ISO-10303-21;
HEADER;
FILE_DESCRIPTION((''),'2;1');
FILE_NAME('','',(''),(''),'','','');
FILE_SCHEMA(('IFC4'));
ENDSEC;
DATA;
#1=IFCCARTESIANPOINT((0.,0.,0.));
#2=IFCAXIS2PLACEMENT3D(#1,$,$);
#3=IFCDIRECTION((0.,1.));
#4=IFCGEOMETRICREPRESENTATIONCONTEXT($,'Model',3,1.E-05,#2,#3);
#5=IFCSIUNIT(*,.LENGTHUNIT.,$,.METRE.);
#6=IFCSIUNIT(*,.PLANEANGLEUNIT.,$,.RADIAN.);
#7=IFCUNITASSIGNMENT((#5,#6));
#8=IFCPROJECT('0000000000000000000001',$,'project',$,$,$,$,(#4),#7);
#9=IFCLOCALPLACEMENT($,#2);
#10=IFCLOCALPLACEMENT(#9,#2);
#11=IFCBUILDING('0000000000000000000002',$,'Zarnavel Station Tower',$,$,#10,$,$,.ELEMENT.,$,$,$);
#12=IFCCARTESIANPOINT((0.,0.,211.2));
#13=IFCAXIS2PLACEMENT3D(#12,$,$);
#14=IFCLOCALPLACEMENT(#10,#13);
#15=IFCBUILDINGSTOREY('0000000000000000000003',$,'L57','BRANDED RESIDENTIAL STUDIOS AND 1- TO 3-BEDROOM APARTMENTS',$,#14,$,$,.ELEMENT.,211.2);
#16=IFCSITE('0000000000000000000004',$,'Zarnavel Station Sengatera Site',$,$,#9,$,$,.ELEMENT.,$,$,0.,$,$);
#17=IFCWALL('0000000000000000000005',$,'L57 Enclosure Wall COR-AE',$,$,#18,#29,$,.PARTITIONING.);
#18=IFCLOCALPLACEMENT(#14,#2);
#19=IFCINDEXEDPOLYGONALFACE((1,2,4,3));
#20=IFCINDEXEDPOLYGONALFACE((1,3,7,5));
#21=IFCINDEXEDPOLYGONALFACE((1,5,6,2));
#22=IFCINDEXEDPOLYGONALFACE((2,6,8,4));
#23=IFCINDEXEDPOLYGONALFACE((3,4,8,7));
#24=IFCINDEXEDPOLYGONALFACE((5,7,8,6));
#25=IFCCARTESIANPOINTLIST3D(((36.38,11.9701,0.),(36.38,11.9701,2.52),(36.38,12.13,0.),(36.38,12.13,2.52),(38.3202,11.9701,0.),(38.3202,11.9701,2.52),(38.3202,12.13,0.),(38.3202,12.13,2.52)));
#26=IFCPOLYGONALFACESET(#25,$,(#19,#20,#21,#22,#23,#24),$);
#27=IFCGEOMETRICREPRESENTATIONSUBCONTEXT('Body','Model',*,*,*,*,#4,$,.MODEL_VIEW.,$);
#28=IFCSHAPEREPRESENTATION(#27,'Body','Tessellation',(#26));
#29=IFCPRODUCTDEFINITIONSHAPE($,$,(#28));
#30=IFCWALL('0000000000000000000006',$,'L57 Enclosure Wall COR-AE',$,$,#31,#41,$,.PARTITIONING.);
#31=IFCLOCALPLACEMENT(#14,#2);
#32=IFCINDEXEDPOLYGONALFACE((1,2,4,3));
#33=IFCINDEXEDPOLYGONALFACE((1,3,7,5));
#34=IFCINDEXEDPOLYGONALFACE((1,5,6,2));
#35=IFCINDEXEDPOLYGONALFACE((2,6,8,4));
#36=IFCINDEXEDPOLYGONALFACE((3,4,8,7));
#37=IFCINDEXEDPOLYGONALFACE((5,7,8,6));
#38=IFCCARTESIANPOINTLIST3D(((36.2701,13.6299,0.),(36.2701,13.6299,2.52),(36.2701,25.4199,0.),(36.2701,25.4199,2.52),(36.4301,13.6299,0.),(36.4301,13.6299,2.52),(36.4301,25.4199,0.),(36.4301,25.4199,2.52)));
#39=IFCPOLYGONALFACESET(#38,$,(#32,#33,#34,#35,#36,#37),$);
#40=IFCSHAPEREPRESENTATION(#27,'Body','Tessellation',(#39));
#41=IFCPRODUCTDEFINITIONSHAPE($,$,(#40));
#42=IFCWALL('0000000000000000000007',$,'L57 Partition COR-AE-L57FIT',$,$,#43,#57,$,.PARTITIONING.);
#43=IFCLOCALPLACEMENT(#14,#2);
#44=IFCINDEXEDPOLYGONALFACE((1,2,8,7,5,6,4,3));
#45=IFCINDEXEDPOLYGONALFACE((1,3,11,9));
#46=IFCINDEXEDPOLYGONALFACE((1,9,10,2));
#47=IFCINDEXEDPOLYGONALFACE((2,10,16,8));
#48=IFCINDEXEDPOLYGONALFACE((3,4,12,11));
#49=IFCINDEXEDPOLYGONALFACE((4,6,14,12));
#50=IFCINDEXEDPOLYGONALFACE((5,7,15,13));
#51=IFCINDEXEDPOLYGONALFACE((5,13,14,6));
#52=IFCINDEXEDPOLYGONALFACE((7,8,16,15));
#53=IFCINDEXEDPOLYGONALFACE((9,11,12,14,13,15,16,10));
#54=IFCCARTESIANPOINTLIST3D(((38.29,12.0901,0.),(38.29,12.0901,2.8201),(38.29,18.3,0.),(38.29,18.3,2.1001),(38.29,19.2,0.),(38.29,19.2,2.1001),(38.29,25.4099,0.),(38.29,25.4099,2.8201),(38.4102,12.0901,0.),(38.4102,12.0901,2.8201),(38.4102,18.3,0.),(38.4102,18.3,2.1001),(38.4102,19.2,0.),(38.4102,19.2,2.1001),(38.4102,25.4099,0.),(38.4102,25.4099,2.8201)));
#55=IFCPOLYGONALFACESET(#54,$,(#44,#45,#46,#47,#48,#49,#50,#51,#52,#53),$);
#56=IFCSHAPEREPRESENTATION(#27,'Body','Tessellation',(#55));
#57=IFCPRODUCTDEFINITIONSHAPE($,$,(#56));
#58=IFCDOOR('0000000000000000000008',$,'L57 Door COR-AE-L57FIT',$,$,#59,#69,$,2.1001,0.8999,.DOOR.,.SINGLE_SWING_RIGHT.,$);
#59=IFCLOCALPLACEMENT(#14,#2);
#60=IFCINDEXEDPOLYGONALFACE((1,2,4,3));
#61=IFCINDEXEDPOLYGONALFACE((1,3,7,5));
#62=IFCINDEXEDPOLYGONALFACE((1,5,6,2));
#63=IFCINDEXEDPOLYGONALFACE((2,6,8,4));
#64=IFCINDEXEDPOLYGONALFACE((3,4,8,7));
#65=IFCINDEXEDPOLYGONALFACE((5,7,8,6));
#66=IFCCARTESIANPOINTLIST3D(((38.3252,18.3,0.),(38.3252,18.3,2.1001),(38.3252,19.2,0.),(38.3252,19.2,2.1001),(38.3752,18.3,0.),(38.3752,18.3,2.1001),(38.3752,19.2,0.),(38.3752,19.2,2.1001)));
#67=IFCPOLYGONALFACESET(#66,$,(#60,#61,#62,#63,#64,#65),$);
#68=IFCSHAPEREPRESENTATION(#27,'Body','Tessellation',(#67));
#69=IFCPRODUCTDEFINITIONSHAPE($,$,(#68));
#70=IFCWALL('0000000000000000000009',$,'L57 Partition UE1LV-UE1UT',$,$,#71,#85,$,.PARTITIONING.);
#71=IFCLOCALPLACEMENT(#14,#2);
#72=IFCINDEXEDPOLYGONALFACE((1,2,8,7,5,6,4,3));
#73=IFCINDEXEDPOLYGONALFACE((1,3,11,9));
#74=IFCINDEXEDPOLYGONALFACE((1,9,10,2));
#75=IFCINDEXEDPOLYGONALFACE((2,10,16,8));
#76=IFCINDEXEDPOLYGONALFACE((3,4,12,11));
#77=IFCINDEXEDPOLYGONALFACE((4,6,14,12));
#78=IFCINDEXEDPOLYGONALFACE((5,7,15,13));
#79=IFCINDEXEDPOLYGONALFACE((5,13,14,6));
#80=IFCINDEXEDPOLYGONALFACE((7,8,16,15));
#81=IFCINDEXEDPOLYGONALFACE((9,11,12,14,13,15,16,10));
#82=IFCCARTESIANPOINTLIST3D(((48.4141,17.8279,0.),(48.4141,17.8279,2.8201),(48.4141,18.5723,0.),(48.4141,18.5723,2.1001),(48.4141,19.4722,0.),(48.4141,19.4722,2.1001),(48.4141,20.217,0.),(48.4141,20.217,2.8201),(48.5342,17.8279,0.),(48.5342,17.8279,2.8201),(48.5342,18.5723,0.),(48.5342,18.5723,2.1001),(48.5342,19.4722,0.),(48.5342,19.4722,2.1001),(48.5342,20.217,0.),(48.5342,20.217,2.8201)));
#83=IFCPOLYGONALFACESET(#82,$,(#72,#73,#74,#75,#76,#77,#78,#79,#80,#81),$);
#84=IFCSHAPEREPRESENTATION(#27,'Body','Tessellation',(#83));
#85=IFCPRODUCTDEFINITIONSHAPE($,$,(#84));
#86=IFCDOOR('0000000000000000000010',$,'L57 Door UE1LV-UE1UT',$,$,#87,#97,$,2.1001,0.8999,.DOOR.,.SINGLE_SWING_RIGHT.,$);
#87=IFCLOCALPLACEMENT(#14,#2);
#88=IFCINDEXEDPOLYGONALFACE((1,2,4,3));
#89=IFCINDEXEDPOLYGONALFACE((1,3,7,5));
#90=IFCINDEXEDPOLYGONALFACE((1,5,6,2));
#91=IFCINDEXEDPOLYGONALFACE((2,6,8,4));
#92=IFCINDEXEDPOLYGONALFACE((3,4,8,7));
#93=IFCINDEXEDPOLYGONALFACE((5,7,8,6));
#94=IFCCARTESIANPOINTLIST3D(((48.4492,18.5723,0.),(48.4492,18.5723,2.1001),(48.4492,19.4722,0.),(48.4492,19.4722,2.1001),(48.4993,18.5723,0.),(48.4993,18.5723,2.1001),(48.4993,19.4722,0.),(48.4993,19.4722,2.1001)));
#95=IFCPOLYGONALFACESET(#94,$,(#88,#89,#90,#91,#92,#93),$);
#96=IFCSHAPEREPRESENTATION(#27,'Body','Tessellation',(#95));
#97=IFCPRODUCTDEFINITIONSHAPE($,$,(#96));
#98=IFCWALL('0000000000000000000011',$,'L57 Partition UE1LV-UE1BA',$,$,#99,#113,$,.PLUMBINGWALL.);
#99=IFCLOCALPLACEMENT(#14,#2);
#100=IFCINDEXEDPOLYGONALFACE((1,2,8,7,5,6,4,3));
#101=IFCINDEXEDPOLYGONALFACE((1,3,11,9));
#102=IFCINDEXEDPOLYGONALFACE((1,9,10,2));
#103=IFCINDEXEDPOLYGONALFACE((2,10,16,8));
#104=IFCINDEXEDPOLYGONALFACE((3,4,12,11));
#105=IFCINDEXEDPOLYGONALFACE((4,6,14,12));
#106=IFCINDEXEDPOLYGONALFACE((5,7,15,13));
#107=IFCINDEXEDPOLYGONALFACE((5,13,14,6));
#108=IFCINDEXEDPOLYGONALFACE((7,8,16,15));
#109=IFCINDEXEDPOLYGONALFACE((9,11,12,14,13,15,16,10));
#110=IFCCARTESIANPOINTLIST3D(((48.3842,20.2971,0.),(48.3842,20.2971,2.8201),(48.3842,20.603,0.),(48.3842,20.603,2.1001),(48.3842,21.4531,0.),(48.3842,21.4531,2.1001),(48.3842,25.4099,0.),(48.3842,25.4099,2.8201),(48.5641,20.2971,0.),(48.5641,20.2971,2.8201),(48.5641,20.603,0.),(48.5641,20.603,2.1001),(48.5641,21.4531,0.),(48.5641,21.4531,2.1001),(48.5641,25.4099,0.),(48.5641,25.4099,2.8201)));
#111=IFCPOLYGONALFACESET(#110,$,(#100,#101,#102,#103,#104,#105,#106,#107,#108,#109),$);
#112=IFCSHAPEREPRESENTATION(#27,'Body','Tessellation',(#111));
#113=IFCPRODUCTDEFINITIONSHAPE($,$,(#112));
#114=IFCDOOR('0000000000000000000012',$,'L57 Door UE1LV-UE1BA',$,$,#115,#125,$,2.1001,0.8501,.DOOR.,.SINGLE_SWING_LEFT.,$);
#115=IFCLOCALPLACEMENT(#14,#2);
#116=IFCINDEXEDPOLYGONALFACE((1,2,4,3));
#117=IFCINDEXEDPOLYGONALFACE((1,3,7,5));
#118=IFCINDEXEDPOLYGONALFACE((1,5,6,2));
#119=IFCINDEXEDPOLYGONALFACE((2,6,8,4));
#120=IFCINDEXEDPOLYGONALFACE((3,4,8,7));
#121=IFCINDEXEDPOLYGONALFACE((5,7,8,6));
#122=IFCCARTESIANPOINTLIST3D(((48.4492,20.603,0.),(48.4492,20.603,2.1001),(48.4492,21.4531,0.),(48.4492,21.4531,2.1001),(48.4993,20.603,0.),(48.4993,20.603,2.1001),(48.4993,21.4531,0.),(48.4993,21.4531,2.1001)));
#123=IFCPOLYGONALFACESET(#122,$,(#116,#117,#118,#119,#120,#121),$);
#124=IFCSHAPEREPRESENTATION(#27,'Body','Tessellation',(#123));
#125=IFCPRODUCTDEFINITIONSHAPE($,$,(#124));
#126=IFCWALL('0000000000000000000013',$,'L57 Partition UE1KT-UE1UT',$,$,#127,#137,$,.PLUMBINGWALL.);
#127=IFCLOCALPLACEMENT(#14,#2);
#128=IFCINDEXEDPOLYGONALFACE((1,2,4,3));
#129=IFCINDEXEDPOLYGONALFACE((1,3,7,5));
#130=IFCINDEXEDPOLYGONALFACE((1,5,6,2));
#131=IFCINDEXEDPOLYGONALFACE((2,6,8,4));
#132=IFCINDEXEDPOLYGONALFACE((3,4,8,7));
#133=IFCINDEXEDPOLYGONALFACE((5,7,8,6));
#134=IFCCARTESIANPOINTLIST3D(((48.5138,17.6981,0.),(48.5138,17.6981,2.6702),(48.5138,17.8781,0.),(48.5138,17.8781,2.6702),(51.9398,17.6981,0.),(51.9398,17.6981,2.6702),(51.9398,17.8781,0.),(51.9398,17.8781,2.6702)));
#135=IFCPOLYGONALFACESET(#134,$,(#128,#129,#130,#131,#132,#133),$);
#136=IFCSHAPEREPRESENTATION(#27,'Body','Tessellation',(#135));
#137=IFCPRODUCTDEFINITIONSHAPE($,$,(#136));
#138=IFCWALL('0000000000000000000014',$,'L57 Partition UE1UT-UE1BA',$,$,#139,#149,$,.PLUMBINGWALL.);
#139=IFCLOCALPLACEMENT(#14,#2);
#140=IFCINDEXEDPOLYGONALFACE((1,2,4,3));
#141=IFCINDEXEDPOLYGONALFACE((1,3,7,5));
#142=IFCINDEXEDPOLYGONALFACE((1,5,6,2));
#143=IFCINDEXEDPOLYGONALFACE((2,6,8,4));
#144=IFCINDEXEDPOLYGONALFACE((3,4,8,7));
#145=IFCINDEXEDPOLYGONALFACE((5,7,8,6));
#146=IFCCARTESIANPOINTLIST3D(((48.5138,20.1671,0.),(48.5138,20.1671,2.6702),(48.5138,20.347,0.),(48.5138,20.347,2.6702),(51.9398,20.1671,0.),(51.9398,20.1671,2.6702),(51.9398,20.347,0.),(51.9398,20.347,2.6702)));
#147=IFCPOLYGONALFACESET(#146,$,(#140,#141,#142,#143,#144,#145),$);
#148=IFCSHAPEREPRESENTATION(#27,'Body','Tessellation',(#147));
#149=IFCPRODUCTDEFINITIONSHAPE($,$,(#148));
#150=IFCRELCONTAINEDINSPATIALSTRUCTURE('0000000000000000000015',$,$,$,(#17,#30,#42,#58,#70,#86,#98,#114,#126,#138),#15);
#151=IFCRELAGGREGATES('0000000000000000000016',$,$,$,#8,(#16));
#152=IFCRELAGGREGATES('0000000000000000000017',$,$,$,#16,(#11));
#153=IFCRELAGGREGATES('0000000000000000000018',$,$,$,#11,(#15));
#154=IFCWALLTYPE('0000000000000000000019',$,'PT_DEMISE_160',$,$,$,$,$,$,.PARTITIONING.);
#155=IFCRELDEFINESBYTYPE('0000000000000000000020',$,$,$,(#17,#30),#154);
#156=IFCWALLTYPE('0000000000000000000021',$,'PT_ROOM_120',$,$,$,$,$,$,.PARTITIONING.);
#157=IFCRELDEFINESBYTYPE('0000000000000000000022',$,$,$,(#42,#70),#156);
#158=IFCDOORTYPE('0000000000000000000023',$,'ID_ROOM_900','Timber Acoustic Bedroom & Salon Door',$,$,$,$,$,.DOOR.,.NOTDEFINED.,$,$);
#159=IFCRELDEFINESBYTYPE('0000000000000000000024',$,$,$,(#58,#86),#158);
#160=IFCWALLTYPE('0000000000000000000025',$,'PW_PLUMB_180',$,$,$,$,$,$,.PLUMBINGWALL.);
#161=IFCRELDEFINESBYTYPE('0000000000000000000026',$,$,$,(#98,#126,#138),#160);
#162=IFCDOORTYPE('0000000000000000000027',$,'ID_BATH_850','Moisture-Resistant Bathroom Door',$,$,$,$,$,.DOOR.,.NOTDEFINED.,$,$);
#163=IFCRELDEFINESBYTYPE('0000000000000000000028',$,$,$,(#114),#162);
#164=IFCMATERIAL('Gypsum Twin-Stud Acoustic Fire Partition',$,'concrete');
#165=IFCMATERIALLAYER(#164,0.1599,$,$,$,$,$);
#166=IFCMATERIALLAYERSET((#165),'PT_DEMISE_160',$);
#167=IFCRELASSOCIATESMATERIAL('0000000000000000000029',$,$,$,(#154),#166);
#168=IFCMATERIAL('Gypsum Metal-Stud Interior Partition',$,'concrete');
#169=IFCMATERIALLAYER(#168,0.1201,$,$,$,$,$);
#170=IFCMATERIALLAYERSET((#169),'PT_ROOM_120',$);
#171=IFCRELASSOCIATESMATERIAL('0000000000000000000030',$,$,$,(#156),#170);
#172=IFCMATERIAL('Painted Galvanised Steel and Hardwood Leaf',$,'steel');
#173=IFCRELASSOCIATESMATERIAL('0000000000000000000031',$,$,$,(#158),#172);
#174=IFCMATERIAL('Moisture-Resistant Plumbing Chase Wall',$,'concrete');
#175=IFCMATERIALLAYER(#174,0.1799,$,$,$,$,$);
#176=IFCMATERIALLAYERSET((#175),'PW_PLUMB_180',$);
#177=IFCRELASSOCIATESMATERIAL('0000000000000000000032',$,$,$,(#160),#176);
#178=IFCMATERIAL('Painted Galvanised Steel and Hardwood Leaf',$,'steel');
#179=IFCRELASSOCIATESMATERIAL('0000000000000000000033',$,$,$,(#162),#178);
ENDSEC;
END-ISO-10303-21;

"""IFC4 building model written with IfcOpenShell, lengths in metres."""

from ifc_helpers import new_model, si_unit, direction, frame, frame_2d, origin, place, context, subcontext, project, spatial, rectangle, extrude, material, layer, layer_set, type_object, element, fill, save


model = new_model("IFC4")

# Units and contexts
model_context = context("Model", 3, precision=1e-05, world=origin(), true_north=direction((0.0, 1.0)))
body_context = subcontext(model_context, "Body", "Model", "MODEL_VIEW")
ifc_project = project(units=[si_unit("LENGTHUNIT", "METRE"), si_unit("PLANEANGLEUNIT", "RADIAN")], contexts=[model_context])

# Site, building, storey
site_placement = place(None, origin())
site = spatial("IfcSite", under=ifc_project, at=site_placement, Name="Zarnavel Station Sengatera Site", CompositionType="ELEMENT", RefElevation=0.0)
building_placement = place(site_placement, origin())
building = spatial("IfcBuilding", under=site, at=building_placement, Name="Zarnavel Station Tower", CompositionType="ELEMENT")
storey_placement = place(building_placement, frame((0.0, 0.0, 211.2)))
storey = spatial("IfcBuildingStorey", under=building, at=storey_placement, Name="L57", Description="BRANDED RESIDENTIAL STUDIOS AND 1- TO 3-BEDROOM APARTMENTS", CompositionType="ELEMENT", Elevation=211.2)

# Walls
ifc_material_1 = material(Name="Gypsum Twin-Stud Acoustic Fire Partition", Category="concrete")
ifc_layer_1 = layer(ifc_material_1, 0.1599)
ifc_layer_set_1 = layer_set([ifc_layer_1], Name="PT_DEMISE_160")
wall_type_1 = type_object("IfcWallType", Name="PT_DEMISE_160", PredefinedType="PARTITIONING", material=ifc_layer_set_1)
wall_1_placement = place(storey_placement, frame((36.3799, 12.05, 0.0), z_axis=(0.0, 0.0, 1.0), x_axis=(1.0, 0.0, 0.0)))
element("IfcWall", 1, at=wall_1_placement, inside=storey, type_object=wall_type_1, Name="L57 Enclosure Wall COR-AE", PredefinedType="PARTITIONING", context=body_context, shape_type="SweptSolid", body=[
    extrude(rectangle(XDim=1.9402, YDim=0.1599, at=frame_2d((0.9702, 0.0))), origin(), (0.0, 0.0, 1.0), 2.52),
])
wall_2_placement = place(storey_placement, frame((36.3501, 13.6299, 0.0), z_axis=(0.0, 0.0, 1.0), x_axis=(0.0, 1.0, 0.0)))
element("IfcWall", 2, at=wall_2_placement, inside=storey, type_object=wall_type_1, Name="L57 Enclosure Wall COR-AE", PredefinedType="PARTITIONING", context=body_context, shape_type="SweptSolid", body=[
    extrude(rectangle(XDim=11.79, YDim=0.1599, at=frame_2d((5.895, 0.0))), origin(), (0.0, 0.0, 1.0), 2.52),
])

# Walls, openings, doors
ifc_material_2 = material(Name="Gypsum Metal-Stud Interior Partition", Category="concrete")
ifc_layer_2 = layer(ifc_material_2, 0.1201)
ifc_layer_set_2 = layer_set([ifc_layer_2], Name="PT_ROOM_120")
wall_type_2 = type_object("IfcWallType", Name="PT_ROOM_120", PredefinedType="PARTITIONING", material=ifc_layer_set_2)
wall_3_placement = place(storey_placement, frame((38.3501, 12.0901, 0.0), z_axis=(0.0, 0.0, 1.0), x_axis=(0.0, 1.0, 0.0)))
wall_3 = element("IfcWall", 3, at=wall_3_placement, inside=storey, type_object=wall_type_2, Name="L57 Partition COR-AE-L57FIT", PredefinedType="PARTITIONING", context=body_context, shape_type="SweptSolid", body=[
    extrude(rectangle(XDim=13.3198, YDim=0.1201, at=frame_2d((6.6599, 0.0))), origin(), (0.0, 0.0, 1.0), 2.8201),
])
opening_1_placement = place(wall_3_placement, frame((6.21, 0.0, 0.0)))
opening_1 = element("IfcOpeningElement", 4, at=opening_1_placement, cuts=wall_3, PredefinedType="OPENING", context=body_context, shape_type="SweptSolid", body=[
    extrude(rectangle(XDim=0.8999, YDim=2.1001, at=frame_2d((0.45, 1.05))), frame((0.0, 0.0701, 0.0), z_axis=(0.0, -1.0, 0.0), x_axis=(1.0, 0.0, 0.0)), (0.0, 0.0, 1.0), 0.1401),
])
ifc_material_3 = material(Name="Painted Galvanised Steel and Hardwood Leaf", Category="steel")
door_type_1 = type_object("IfcDoorType", Name="ID_ROOM_900", Description="Timber Acoustic Bedroom & Salon Door", OperationType="NOTDEFINED", PredefinedType="DOOR", material=ifc_material_3)
door_1_placement = place(opening_1_placement, origin())
door_1 = element("IfcDoor", 5, at=door_1_placement, inside=storey, type_object=door_type_1, Name="L57 Door COR-AE-L57FIT", OperationType="SINGLE_SWING_RIGHT", OverallHeight=2.1001, OverallWidth=0.8999, PredefinedType="DOOR", context=body_context, shape_type="SweptSolid", body=[
    extrude(rectangle(XDim=0.8999, YDim=2.1001, at=frame_2d((0.45, 1.05))), frame((0.0, 0.0249, 0.0), z_axis=(0.0, -1.0, 0.0), x_axis=(1.0, 0.0, 0.0)), (0.0, 0.0, 1.0), 0.05),
])
fill(opening_1, door_1)
wall_4_placement = place(storey_placement, frame((48.4741, 17.8279, 0.0), z_axis=(0.0, 0.0, 1.0), x_axis=(0.0, 1.0, 0.0)))
wall_4 = element("IfcWall", 6, at=wall_4_placement, inside=storey, type_object=wall_type_2, Name="L57 Partition UE1LV-UE1UT", PredefinedType="PARTITIONING", context=body_context, shape_type="SweptSolid", body=[
    extrude(rectangle(XDim=2.3892, YDim=0.1201, at=frame_2d((1.1946, 0.0))), origin(), (0.0, 0.0, 1.0), 2.8201),
])
opening_2_placement = place(wall_4_placement, frame((0.7444, 0.0, 0.0)))
opening_2 = element("IfcOpeningElement", 7, at=opening_2_placement, cuts=wall_4, PredefinedType="OPENING", context=body_context, shape_type="SweptSolid", body=[
    extrude(rectangle(XDim=0.8999, YDim=2.1001, at=frame_2d((0.45, 1.05))), frame((0.0, 0.0701, 0.0), z_axis=(0.0, -1.0, 0.0), x_axis=(1.0, 0.0, 0.0)), (0.0, 0.0, 1.0), 0.1401),
])
door_2_placement = place(opening_2_placement, origin())
door_2 = element("IfcDoor", 8, at=door_2_placement, inside=storey, type_object=door_type_1, Name="L57 Door UE1LV-UE1UT", OperationType="SINGLE_SWING_RIGHT", OverallHeight=2.1001, OverallWidth=0.8999, PredefinedType="DOOR", context=body_context, shape_type="SweptSolid", body=[
    extrude(rectangle(XDim=0.8999, YDim=2.1001, at=frame_2d((0.45, 1.05))), frame((0.0, 0.0249, 0.0), z_axis=(0.0, -1.0, 0.0), x_axis=(1.0, 0.0, 0.0)), (0.0, 0.0, 1.0), 0.05),
])
fill(opening_2, door_2)
ifc_material_4 = material(Name="Moisture-Resistant Plumbing Chase Wall", Category="concrete")
ifc_layer_3 = layer(ifc_material_4, 0.1799)
ifc_layer_set_3 = layer_set([ifc_layer_3], Name="PW_PLUMB_180")
wall_type_3 = type_object("IfcWallType", Name="PW_PLUMB_180", PredefinedType="PLUMBINGWALL", material=ifc_layer_set_3)
wall_5_placement = place(storey_placement, frame((48.4741, 20.2971, 0.0), z_axis=(0.0, 0.0, 1.0), x_axis=(0.0, 1.0, 0.0)))
wall_5 = element("IfcWall", 9, at=wall_5_placement, inside=storey, type_object=wall_type_3, Name="L57 Partition UE1LV-UE1BA", PredefinedType="PLUMBINGWALL", context=body_context, shape_type="SweptSolid", body=[
    extrude(rectangle(XDim=5.1128, YDim=0.1799, at=frame_2d((2.5564, 0.0))), origin(), (0.0, 0.0, 1.0), 2.8201),
])
opening_3_placement = place(wall_5_placement, frame((0.3059, 0.0, 0.0)))
opening_3 = element("IfcOpeningElement", 10, at=opening_3_placement, cuts=wall_5, PredefinedType="OPENING", context=body_context, shape_type="SweptSolid", body=[
    extrude(rectangle(XDim=0.8501, YDim=2.1001, at=frame_2d((0.425, 1.05))), frame((0.0, 0.0999, 0.0), z_axis=(0.0, -1.0, 0.0), x_axis=(1.0, 0.0, 0.0)), (0.0, 0.0, 1.0), 0.2),
])
ifc_material_5 = material(Name="Painted Galvanised Steel and Hardwood Leaf", Category="steel")
door_type_2 = type_object("IfcDoorType", Name="ID_BATH_850", Description="Moisture-Resistant Bathroom Door", OperationType="NOTDEFINED", PredefinedType="DOOR", material=ifc_material_5)
door_3_placement = place(opening_3_placement, origin())
door_3 = element("IfcDoor", 11, at=door_3_placement, inside=storey, type_object=door_type_2, Name="L57 Door UE1LV-UE1BA", OperationType="SINGLE_SWING_LEFT", OverallHeight=2.1001, OverallWidth=0.8501, PredefinedType="DOOR", context=body_context, shape_type="SweptSolid", body=[
    extrude(rectangle(XDim=0.8501, YDim=2.1001, at=frame_2d((0.425, 1.05))), frame((0.0, 0.0249, 0.0), z_axis=(0.0, -1.0, 0.0), x_axis=(1.0, 0.0, 0.0)), (0.0, 0.0, 1.0), 0.05),
])
fill(opening_3, door_3)

# Walls
for number, where, z_axis, x_axis, name in (
    (12, (48.5139, 17.7881, 0.0), (0.0, 0.0, 1.0), (1.0, 0.0, 0.0), "L57 Partition UE1KT-UE1UT"),
    (13, (48.5139, 20.2571, 0.0), (0.0, 0.0, 1.0), (1.0, 0.0, 0.0), "L57 Partition UE1UT-UE1BA"),
):
    element("IfcWall", number, at=place(storey_placement, frame(where, z_axis=z_axis, x_axis=x_axis)), inside=storey, type_object=wall_type_3, Name=name, PredefinedType="PLUMBINGWALL", context=body_context, shape_type="SweptSolid", body=[
        extrude(rectangle(XDim=3.426, YDim=0.1799, at=frame_2d((1.7129, 0.0))), origin(), (0.0, 0.0, 1.0), 2.6702),
    ])

save(model, "model.ifc")
